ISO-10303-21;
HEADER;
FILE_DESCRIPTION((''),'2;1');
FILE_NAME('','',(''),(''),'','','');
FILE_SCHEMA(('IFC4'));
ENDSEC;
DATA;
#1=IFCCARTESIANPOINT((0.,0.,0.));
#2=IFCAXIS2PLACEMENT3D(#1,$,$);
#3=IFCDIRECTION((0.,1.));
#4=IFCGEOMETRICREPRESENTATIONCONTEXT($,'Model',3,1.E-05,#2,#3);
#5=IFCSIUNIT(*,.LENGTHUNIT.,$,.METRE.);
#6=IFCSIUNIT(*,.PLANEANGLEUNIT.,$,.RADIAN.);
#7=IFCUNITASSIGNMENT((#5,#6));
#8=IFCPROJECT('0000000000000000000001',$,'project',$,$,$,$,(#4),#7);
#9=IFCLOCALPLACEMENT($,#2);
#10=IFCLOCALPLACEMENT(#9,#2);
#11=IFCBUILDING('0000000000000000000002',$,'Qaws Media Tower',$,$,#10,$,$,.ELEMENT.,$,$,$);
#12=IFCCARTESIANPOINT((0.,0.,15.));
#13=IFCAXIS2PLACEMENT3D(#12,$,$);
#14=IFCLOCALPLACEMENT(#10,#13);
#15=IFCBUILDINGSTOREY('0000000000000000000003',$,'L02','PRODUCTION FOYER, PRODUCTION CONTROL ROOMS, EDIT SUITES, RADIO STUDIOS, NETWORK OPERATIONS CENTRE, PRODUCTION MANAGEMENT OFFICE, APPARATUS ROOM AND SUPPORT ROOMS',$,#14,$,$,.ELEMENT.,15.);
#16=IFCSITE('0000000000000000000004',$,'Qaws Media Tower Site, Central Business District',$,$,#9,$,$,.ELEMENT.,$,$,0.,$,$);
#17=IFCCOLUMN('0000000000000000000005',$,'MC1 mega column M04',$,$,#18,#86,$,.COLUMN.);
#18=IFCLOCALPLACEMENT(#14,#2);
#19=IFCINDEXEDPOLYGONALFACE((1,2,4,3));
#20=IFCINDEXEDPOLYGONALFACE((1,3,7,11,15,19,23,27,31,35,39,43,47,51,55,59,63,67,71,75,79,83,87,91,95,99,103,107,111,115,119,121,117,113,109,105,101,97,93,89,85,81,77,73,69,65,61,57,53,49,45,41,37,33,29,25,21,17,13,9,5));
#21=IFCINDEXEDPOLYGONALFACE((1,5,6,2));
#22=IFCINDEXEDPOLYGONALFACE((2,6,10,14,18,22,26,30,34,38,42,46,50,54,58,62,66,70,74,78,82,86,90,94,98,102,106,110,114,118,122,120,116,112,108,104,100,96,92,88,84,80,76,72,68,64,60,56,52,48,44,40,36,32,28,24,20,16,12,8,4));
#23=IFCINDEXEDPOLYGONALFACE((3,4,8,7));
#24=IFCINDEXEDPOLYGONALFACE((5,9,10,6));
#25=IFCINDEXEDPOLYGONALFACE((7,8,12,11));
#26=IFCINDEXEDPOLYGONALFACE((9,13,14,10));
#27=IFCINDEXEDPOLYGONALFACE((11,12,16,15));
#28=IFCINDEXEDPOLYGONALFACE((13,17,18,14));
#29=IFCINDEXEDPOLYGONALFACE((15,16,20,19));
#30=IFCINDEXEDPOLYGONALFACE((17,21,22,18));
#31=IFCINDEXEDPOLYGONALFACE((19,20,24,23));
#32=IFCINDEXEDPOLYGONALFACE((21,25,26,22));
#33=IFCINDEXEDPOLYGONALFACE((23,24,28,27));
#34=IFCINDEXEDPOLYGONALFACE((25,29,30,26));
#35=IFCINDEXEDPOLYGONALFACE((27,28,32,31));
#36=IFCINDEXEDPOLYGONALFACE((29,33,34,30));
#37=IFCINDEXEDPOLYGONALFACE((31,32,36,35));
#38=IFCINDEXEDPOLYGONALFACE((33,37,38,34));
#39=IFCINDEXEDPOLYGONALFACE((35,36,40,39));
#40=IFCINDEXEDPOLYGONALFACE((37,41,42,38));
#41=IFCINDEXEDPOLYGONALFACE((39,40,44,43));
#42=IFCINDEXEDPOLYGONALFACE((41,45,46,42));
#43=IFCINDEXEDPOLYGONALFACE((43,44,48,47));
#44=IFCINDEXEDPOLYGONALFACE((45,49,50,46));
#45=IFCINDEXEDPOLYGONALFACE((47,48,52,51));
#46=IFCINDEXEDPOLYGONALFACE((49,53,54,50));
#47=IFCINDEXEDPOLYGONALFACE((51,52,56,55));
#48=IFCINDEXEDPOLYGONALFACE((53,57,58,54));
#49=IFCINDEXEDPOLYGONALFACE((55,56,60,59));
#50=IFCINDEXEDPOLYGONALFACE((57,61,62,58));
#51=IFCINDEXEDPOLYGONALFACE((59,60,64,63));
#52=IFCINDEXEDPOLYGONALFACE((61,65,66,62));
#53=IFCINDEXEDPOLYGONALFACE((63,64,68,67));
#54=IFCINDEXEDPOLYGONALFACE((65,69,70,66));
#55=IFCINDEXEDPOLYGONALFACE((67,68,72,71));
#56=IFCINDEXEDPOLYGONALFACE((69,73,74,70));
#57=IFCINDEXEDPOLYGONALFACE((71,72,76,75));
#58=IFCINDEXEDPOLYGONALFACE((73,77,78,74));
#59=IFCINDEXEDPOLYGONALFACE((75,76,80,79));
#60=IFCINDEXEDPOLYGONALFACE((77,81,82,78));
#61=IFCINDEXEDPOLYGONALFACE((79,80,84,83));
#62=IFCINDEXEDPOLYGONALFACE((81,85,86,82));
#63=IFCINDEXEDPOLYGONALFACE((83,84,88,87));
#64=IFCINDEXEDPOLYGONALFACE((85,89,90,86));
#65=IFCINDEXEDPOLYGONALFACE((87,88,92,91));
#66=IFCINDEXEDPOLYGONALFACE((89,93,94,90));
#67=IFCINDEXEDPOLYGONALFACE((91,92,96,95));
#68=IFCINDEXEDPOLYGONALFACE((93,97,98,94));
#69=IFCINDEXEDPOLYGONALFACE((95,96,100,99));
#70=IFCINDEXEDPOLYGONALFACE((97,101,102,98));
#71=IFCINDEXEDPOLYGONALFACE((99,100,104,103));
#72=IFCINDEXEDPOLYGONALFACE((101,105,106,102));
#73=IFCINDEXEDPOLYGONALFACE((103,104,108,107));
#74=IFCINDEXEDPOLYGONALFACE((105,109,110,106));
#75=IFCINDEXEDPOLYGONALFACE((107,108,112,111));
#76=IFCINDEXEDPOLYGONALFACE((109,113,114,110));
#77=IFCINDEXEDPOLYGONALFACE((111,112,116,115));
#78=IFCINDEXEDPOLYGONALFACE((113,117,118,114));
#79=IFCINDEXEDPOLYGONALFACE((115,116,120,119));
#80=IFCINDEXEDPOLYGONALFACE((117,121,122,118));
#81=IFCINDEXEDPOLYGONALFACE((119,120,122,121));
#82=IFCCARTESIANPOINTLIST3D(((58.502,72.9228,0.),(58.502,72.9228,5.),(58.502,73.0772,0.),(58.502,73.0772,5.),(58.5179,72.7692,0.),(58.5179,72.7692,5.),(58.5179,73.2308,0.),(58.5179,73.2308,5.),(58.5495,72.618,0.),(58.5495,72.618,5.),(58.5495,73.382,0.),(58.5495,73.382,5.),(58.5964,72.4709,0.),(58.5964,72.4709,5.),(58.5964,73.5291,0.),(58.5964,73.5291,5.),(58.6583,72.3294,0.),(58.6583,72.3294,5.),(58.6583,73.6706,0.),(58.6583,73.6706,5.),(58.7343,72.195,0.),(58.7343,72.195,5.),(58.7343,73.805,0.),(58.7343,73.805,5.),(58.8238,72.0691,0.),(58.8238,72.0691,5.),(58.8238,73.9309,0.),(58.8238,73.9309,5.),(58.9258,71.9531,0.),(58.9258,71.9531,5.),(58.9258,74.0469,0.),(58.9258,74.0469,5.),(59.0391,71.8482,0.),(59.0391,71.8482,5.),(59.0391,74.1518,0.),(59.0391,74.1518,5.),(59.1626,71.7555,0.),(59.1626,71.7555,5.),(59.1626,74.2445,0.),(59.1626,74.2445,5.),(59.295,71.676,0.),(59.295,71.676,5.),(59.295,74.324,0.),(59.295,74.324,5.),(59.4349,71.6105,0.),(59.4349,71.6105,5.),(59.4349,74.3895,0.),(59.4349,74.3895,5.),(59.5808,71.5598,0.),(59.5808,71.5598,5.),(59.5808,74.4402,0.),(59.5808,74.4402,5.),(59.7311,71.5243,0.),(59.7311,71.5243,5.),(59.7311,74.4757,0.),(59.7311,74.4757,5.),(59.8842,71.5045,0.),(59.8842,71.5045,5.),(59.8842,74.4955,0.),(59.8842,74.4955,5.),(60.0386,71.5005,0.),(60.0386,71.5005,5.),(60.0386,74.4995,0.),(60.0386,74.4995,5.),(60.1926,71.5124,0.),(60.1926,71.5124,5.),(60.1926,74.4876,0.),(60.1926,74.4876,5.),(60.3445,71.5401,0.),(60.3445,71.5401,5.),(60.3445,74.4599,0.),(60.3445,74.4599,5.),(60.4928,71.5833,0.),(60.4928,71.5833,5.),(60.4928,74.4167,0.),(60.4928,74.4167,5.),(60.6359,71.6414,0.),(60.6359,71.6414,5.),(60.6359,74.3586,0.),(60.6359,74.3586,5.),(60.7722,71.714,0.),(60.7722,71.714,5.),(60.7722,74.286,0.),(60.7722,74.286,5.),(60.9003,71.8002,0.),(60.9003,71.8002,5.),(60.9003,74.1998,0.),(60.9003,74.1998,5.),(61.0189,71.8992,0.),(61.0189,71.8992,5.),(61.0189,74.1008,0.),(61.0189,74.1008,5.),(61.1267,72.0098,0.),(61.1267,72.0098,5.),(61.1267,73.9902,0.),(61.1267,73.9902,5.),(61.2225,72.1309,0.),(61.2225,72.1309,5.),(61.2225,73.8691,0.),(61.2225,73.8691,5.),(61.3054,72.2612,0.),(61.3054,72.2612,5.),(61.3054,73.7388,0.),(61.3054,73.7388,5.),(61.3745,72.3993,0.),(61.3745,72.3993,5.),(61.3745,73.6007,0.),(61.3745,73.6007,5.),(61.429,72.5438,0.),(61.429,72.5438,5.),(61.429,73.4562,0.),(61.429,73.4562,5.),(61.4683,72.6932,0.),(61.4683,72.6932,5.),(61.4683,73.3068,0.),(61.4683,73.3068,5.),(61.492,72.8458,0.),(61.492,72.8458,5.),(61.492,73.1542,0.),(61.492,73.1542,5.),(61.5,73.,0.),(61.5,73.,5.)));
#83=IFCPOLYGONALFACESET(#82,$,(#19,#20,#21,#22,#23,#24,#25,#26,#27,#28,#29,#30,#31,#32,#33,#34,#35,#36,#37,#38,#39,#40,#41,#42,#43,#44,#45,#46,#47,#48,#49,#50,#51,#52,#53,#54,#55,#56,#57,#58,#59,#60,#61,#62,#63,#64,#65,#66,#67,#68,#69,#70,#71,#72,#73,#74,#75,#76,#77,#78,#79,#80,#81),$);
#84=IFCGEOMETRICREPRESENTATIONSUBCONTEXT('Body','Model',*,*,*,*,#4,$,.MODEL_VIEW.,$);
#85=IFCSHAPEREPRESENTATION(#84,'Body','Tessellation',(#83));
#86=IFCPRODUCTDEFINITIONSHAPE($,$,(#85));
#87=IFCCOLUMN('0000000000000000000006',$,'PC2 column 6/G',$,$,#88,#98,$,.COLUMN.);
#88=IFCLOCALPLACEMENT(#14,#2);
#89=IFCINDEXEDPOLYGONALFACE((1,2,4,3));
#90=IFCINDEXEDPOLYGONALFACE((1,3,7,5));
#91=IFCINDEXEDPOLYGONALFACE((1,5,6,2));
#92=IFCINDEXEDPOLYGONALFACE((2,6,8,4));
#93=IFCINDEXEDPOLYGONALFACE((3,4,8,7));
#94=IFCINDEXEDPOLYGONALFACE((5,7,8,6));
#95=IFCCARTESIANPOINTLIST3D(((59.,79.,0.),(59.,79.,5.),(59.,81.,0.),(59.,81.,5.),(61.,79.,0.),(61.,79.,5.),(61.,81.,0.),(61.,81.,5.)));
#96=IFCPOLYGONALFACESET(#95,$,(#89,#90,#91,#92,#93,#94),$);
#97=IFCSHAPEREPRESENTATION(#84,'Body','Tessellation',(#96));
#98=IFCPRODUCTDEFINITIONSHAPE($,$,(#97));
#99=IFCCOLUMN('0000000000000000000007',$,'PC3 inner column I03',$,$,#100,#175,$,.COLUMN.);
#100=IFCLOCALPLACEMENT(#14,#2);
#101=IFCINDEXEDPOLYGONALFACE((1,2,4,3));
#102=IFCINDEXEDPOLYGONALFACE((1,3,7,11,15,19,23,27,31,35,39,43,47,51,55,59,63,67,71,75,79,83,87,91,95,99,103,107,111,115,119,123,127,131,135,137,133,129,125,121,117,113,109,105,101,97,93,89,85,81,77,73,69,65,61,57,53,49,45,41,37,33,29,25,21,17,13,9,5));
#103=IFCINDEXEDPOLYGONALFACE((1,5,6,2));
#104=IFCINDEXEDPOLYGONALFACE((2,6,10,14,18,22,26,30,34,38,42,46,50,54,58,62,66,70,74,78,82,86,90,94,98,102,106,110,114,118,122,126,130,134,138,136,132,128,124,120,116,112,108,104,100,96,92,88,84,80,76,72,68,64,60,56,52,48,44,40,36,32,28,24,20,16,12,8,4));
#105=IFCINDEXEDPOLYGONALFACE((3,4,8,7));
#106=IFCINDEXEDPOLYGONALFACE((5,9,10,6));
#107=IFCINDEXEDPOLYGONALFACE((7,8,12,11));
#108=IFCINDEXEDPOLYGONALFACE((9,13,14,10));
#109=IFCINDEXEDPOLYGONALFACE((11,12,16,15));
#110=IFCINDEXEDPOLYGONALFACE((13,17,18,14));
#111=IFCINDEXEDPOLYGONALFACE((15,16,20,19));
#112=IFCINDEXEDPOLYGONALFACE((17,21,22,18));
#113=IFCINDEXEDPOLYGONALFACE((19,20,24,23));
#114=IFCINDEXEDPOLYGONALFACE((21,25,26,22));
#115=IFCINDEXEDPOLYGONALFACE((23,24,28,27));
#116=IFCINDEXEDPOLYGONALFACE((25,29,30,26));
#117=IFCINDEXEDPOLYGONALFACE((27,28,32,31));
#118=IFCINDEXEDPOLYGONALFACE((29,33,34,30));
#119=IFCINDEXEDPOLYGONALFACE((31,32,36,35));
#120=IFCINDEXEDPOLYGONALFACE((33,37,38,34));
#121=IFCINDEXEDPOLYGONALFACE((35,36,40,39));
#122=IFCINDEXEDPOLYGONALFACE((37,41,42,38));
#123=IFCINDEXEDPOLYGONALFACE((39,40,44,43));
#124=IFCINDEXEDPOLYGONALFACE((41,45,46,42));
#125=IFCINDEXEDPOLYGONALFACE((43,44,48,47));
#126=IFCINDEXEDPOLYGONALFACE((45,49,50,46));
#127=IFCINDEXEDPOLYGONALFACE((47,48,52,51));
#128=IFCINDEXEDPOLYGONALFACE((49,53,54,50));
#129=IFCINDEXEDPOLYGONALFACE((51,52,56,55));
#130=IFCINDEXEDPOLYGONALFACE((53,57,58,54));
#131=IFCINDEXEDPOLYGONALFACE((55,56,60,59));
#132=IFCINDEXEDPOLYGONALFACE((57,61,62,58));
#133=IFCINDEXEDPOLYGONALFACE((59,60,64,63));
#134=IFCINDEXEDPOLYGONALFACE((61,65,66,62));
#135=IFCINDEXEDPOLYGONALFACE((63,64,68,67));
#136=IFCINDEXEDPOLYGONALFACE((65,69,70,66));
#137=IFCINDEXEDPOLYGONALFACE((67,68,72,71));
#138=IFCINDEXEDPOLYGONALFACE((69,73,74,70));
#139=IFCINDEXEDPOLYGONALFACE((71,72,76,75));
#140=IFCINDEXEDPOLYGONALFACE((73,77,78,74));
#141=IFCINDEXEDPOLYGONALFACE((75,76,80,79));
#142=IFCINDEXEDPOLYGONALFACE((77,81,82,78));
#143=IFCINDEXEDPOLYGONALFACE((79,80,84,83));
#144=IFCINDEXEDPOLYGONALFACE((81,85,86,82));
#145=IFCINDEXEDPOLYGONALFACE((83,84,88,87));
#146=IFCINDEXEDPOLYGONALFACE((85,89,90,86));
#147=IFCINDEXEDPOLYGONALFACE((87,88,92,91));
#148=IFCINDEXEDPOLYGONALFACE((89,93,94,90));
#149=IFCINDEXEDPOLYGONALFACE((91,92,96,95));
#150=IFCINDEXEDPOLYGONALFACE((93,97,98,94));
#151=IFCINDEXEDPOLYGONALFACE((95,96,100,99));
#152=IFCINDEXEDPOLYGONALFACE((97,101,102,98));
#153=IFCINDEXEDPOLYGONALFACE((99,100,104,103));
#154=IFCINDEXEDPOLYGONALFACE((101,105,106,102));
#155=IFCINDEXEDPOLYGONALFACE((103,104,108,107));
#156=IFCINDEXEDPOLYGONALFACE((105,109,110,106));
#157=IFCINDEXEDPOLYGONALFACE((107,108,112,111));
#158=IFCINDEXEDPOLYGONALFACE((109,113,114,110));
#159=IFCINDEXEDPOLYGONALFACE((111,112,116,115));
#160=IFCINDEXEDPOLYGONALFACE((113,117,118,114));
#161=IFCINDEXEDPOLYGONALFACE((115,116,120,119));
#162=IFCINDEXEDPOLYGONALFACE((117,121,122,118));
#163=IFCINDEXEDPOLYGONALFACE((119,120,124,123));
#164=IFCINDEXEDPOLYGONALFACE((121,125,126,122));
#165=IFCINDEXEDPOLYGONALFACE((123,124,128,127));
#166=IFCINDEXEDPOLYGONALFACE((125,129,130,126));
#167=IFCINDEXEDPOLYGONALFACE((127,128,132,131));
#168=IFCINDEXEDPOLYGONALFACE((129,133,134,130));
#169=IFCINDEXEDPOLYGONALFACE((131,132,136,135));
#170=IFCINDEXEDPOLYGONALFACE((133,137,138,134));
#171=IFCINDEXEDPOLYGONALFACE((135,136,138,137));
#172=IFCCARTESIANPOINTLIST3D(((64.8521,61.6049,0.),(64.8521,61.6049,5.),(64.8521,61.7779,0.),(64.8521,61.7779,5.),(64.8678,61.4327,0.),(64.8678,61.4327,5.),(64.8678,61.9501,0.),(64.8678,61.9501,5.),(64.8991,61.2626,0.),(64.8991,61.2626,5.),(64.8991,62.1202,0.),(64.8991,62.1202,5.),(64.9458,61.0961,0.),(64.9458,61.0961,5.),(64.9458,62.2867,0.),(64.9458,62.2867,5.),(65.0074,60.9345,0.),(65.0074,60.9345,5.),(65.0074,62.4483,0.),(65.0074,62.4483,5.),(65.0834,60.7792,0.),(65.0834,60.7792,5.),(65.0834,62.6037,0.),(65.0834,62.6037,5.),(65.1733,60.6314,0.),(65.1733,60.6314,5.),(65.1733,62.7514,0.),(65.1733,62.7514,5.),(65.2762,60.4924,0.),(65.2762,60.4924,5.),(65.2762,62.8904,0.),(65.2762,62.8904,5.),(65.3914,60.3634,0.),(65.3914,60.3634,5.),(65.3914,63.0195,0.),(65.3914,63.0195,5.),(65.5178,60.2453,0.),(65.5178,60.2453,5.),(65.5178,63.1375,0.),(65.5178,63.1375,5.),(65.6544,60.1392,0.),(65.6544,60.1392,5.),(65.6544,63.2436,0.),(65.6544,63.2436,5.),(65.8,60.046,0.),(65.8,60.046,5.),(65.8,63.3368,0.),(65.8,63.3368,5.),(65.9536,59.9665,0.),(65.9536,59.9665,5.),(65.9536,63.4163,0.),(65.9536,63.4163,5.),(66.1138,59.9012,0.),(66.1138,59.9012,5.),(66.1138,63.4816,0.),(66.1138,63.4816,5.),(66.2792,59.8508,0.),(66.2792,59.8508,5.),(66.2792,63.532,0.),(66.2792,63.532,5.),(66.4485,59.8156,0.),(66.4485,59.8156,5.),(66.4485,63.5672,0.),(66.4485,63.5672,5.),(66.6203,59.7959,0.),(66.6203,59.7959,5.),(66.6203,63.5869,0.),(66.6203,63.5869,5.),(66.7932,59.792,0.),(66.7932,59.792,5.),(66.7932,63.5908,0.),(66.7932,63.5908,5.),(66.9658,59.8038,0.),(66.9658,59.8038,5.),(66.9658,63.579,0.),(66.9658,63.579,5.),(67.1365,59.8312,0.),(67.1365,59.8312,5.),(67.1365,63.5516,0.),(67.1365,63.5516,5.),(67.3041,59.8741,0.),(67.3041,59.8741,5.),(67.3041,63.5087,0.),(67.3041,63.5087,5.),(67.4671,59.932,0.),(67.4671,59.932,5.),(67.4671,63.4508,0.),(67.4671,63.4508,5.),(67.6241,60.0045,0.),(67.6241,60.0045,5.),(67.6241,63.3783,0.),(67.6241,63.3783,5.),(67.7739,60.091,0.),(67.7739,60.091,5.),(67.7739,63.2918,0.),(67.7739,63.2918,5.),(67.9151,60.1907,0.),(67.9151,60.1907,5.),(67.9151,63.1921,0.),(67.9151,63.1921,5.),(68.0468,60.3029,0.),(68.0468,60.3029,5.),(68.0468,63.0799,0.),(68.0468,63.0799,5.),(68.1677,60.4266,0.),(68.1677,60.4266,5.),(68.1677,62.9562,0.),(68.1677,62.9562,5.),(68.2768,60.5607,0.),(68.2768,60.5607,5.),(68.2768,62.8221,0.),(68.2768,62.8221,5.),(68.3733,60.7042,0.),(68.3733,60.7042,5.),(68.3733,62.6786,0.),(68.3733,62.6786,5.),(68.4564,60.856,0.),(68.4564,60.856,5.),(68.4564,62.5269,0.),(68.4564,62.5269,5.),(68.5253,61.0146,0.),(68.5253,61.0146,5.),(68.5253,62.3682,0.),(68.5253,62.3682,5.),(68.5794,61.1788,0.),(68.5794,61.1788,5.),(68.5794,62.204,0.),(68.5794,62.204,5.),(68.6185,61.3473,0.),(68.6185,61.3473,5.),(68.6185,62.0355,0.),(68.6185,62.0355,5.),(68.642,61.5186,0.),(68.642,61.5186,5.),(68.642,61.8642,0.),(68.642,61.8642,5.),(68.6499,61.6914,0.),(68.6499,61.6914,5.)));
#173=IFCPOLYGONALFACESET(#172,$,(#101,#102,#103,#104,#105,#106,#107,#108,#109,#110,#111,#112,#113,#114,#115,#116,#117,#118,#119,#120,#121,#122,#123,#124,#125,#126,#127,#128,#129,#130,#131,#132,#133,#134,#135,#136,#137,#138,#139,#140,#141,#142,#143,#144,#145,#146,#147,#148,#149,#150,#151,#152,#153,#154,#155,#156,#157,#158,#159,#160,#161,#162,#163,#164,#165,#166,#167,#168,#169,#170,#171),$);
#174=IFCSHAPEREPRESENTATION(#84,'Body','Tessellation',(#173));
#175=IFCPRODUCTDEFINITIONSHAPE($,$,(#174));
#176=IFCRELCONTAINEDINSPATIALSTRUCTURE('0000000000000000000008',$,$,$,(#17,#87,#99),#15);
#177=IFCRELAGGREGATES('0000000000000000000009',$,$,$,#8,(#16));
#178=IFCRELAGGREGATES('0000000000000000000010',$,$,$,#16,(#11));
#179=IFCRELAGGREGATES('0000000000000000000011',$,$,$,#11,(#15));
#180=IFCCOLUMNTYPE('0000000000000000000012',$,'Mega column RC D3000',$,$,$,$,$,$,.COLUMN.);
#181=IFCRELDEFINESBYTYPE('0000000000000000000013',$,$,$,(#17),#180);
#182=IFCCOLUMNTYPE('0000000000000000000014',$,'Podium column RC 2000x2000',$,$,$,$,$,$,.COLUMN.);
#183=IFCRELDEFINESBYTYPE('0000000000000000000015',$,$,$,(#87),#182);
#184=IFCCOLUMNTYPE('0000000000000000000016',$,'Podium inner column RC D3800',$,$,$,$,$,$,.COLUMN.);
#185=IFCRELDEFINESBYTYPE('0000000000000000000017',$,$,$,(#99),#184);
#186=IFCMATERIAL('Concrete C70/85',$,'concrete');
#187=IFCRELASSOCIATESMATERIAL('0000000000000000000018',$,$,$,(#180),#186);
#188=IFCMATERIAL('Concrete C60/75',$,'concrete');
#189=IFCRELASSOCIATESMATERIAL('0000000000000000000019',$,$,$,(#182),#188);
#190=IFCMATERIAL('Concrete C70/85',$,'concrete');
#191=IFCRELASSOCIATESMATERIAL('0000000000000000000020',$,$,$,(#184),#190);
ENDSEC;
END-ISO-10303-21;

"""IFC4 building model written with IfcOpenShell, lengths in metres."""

from ifc_helpers import new_model, si_unit, direction, frame, origin, origin_2d, place, context, subcontext, project, spatial, rectangle, circle, extrude, material, material_profile, profile_set, type_object, element, save


model = new_model("IFC4")

# Units and contexts
model_context = context("Model", 3, precision=1e-05, world=origin(), true_north=direction((0.0, 1.0)))
body_context = subcontext(model_context, "Body", "Model", "MODEL_VIEW")
ifc_project = project(units=[si_unit("LENGTHUNIT", "METRE"), si_unit("PLANEANGLEUNIT", "RADIAN")], contexts=[model_context])

# Site, building, storey
site_placement = place(None, origin())
site = spatial("IfcSite", under=ifc_project, at=site_placement, Name="Qaws Media Tower Site, Central Business District", CompositionType="ELEMENT", RefElevation=0.0)
building_placement = place(site_placement, origin())
building = spatial("IfcBuilding", under=site, at=building_placement, Name="Qaws Media Tower", CompositionType="ELEMENT")
storey_placement = place(building_placement, frame((0.0, 0.0, 15.0)))
storey = spatial("IfcBuildingStorey", under=building, at=storey_placement, Name="L02", Description="PRODUCTION FOYER, PRODUCTION CONTROL ROOMS, EDIT SUITES, RADIO STUDIOS, NETWORK OPERATIONS CENTRE, PRODUCTION MANAGEMENT OFFICE, APPARATUS ROOM AND SUPPORT ROOMS", CompositionType="ELEMENT", Elevation=15.0)

# Columns
ifc_material_1 = material(Name="Concrete C70/85", Category="concrete")
ifc_material_profile_1 = material_profile(ifc_material_1, circle(Radius=1.5, at=origin_2d()), Name="RC D3000")
ifc_profile_set_1 = profile_set([ifc_material_profile_1], Name="Concrete C70/85")
column_type_1 = type_object("IfcColumnType", Name="Mega column RC D3000", PredefinedType="COLUMN", material=ifc_profile_set_1)
column_1_placement = place(storey_placement, frame((60.0, 73.0, 0.0), z_axis=(0.0, 0.0, 1.0), x_axis=(1.0, 0.0, 0.0)))
element("IfcColumn", 1, at=column_1_placement, inside=storey, type_object=column_type_1, Name="MC1 mega column M04", PredefinedType="COLUMN", context=body_context, shape_type="SweptSolid", body=[
    extrude(circle(Radius=1.5, at=origin_2d()), origin(), (0.0, 0.0, 1.0), 5.0),
])
ifc_material_2 = material(Name="Concrete C60/75", Category="concrete")
ifc_material_profile_2 = material_profile(ifc_material_2, rectangle(XDim=2.0, YDim=2.0, at=origin_2d()), Name="RC 2000x2000")
ifc_profile_set_2 = profile_set([ifc_material_profile_2], Name="Concrete C60/75")
column_type_2 = type_object("IfcColumnType", Name="Podium column RC 2000x2000", PredefinedType="COLUMN", material=ifc_profile_set_2)
column_2_placement = place(storey_placement, frame((60.0, 80.0, 0.0), z_axis=(0.0, 0.0, 1.0), x_axis=(1.0, 0.0, 0.0)))
element("IfcColumn", 2, at=column_2_placement, inside=storey, type_object=column_type_2, Name="PC2 column 6/G", PredefinedType="COLUMN", context=body_context, shape_type="SweptSolid", body=[
    extrude(rectangle(XDim=2.0, YDim=2.0, at=origin_2d()), origin(), (0.0, 0.0, 1.0), 5.0),
])
ifc_material_3 = material(Name="Concrete C70/85", Category="concrete")
ifc_material_profile_3 = material_profile(ifc_material_3, circle(Radius=1.8999, at=origin_2d()), Name="RC D3800")
ifc_profile_set_3 = profile_set([ifc_material_profile_3], Name="Concrete C70/85")
column_type_3 = type_object("IfcColumnType", Name="Podium inner column RC D3800", PredefinedType="COLUMN", material=ifc_profile_set_3)
for number, where, z_axis, x_axis, name in (
    (3, (66.75, 61.6914, 0.0), (0.0, 0.0, 1.0), (1.0, 0.0, 0.0), "PC3 inner column I03"),
):
    element("IfcColumn", number, at=place(storey_placement, frame(where, z_axis=z_axis, x_axis=x_axis)), inside=storey, type_object=column_type_3, Name=name, PredefinedType="COLUMN", context=body_context, shape_type="SweptSolid", body=[
        extrude(circle(Radius=1.8999, at=origin_2d()), origin(), (0.0, 0.0, 1.0), 5.0),
    ])

save(model, "model.ifc")
